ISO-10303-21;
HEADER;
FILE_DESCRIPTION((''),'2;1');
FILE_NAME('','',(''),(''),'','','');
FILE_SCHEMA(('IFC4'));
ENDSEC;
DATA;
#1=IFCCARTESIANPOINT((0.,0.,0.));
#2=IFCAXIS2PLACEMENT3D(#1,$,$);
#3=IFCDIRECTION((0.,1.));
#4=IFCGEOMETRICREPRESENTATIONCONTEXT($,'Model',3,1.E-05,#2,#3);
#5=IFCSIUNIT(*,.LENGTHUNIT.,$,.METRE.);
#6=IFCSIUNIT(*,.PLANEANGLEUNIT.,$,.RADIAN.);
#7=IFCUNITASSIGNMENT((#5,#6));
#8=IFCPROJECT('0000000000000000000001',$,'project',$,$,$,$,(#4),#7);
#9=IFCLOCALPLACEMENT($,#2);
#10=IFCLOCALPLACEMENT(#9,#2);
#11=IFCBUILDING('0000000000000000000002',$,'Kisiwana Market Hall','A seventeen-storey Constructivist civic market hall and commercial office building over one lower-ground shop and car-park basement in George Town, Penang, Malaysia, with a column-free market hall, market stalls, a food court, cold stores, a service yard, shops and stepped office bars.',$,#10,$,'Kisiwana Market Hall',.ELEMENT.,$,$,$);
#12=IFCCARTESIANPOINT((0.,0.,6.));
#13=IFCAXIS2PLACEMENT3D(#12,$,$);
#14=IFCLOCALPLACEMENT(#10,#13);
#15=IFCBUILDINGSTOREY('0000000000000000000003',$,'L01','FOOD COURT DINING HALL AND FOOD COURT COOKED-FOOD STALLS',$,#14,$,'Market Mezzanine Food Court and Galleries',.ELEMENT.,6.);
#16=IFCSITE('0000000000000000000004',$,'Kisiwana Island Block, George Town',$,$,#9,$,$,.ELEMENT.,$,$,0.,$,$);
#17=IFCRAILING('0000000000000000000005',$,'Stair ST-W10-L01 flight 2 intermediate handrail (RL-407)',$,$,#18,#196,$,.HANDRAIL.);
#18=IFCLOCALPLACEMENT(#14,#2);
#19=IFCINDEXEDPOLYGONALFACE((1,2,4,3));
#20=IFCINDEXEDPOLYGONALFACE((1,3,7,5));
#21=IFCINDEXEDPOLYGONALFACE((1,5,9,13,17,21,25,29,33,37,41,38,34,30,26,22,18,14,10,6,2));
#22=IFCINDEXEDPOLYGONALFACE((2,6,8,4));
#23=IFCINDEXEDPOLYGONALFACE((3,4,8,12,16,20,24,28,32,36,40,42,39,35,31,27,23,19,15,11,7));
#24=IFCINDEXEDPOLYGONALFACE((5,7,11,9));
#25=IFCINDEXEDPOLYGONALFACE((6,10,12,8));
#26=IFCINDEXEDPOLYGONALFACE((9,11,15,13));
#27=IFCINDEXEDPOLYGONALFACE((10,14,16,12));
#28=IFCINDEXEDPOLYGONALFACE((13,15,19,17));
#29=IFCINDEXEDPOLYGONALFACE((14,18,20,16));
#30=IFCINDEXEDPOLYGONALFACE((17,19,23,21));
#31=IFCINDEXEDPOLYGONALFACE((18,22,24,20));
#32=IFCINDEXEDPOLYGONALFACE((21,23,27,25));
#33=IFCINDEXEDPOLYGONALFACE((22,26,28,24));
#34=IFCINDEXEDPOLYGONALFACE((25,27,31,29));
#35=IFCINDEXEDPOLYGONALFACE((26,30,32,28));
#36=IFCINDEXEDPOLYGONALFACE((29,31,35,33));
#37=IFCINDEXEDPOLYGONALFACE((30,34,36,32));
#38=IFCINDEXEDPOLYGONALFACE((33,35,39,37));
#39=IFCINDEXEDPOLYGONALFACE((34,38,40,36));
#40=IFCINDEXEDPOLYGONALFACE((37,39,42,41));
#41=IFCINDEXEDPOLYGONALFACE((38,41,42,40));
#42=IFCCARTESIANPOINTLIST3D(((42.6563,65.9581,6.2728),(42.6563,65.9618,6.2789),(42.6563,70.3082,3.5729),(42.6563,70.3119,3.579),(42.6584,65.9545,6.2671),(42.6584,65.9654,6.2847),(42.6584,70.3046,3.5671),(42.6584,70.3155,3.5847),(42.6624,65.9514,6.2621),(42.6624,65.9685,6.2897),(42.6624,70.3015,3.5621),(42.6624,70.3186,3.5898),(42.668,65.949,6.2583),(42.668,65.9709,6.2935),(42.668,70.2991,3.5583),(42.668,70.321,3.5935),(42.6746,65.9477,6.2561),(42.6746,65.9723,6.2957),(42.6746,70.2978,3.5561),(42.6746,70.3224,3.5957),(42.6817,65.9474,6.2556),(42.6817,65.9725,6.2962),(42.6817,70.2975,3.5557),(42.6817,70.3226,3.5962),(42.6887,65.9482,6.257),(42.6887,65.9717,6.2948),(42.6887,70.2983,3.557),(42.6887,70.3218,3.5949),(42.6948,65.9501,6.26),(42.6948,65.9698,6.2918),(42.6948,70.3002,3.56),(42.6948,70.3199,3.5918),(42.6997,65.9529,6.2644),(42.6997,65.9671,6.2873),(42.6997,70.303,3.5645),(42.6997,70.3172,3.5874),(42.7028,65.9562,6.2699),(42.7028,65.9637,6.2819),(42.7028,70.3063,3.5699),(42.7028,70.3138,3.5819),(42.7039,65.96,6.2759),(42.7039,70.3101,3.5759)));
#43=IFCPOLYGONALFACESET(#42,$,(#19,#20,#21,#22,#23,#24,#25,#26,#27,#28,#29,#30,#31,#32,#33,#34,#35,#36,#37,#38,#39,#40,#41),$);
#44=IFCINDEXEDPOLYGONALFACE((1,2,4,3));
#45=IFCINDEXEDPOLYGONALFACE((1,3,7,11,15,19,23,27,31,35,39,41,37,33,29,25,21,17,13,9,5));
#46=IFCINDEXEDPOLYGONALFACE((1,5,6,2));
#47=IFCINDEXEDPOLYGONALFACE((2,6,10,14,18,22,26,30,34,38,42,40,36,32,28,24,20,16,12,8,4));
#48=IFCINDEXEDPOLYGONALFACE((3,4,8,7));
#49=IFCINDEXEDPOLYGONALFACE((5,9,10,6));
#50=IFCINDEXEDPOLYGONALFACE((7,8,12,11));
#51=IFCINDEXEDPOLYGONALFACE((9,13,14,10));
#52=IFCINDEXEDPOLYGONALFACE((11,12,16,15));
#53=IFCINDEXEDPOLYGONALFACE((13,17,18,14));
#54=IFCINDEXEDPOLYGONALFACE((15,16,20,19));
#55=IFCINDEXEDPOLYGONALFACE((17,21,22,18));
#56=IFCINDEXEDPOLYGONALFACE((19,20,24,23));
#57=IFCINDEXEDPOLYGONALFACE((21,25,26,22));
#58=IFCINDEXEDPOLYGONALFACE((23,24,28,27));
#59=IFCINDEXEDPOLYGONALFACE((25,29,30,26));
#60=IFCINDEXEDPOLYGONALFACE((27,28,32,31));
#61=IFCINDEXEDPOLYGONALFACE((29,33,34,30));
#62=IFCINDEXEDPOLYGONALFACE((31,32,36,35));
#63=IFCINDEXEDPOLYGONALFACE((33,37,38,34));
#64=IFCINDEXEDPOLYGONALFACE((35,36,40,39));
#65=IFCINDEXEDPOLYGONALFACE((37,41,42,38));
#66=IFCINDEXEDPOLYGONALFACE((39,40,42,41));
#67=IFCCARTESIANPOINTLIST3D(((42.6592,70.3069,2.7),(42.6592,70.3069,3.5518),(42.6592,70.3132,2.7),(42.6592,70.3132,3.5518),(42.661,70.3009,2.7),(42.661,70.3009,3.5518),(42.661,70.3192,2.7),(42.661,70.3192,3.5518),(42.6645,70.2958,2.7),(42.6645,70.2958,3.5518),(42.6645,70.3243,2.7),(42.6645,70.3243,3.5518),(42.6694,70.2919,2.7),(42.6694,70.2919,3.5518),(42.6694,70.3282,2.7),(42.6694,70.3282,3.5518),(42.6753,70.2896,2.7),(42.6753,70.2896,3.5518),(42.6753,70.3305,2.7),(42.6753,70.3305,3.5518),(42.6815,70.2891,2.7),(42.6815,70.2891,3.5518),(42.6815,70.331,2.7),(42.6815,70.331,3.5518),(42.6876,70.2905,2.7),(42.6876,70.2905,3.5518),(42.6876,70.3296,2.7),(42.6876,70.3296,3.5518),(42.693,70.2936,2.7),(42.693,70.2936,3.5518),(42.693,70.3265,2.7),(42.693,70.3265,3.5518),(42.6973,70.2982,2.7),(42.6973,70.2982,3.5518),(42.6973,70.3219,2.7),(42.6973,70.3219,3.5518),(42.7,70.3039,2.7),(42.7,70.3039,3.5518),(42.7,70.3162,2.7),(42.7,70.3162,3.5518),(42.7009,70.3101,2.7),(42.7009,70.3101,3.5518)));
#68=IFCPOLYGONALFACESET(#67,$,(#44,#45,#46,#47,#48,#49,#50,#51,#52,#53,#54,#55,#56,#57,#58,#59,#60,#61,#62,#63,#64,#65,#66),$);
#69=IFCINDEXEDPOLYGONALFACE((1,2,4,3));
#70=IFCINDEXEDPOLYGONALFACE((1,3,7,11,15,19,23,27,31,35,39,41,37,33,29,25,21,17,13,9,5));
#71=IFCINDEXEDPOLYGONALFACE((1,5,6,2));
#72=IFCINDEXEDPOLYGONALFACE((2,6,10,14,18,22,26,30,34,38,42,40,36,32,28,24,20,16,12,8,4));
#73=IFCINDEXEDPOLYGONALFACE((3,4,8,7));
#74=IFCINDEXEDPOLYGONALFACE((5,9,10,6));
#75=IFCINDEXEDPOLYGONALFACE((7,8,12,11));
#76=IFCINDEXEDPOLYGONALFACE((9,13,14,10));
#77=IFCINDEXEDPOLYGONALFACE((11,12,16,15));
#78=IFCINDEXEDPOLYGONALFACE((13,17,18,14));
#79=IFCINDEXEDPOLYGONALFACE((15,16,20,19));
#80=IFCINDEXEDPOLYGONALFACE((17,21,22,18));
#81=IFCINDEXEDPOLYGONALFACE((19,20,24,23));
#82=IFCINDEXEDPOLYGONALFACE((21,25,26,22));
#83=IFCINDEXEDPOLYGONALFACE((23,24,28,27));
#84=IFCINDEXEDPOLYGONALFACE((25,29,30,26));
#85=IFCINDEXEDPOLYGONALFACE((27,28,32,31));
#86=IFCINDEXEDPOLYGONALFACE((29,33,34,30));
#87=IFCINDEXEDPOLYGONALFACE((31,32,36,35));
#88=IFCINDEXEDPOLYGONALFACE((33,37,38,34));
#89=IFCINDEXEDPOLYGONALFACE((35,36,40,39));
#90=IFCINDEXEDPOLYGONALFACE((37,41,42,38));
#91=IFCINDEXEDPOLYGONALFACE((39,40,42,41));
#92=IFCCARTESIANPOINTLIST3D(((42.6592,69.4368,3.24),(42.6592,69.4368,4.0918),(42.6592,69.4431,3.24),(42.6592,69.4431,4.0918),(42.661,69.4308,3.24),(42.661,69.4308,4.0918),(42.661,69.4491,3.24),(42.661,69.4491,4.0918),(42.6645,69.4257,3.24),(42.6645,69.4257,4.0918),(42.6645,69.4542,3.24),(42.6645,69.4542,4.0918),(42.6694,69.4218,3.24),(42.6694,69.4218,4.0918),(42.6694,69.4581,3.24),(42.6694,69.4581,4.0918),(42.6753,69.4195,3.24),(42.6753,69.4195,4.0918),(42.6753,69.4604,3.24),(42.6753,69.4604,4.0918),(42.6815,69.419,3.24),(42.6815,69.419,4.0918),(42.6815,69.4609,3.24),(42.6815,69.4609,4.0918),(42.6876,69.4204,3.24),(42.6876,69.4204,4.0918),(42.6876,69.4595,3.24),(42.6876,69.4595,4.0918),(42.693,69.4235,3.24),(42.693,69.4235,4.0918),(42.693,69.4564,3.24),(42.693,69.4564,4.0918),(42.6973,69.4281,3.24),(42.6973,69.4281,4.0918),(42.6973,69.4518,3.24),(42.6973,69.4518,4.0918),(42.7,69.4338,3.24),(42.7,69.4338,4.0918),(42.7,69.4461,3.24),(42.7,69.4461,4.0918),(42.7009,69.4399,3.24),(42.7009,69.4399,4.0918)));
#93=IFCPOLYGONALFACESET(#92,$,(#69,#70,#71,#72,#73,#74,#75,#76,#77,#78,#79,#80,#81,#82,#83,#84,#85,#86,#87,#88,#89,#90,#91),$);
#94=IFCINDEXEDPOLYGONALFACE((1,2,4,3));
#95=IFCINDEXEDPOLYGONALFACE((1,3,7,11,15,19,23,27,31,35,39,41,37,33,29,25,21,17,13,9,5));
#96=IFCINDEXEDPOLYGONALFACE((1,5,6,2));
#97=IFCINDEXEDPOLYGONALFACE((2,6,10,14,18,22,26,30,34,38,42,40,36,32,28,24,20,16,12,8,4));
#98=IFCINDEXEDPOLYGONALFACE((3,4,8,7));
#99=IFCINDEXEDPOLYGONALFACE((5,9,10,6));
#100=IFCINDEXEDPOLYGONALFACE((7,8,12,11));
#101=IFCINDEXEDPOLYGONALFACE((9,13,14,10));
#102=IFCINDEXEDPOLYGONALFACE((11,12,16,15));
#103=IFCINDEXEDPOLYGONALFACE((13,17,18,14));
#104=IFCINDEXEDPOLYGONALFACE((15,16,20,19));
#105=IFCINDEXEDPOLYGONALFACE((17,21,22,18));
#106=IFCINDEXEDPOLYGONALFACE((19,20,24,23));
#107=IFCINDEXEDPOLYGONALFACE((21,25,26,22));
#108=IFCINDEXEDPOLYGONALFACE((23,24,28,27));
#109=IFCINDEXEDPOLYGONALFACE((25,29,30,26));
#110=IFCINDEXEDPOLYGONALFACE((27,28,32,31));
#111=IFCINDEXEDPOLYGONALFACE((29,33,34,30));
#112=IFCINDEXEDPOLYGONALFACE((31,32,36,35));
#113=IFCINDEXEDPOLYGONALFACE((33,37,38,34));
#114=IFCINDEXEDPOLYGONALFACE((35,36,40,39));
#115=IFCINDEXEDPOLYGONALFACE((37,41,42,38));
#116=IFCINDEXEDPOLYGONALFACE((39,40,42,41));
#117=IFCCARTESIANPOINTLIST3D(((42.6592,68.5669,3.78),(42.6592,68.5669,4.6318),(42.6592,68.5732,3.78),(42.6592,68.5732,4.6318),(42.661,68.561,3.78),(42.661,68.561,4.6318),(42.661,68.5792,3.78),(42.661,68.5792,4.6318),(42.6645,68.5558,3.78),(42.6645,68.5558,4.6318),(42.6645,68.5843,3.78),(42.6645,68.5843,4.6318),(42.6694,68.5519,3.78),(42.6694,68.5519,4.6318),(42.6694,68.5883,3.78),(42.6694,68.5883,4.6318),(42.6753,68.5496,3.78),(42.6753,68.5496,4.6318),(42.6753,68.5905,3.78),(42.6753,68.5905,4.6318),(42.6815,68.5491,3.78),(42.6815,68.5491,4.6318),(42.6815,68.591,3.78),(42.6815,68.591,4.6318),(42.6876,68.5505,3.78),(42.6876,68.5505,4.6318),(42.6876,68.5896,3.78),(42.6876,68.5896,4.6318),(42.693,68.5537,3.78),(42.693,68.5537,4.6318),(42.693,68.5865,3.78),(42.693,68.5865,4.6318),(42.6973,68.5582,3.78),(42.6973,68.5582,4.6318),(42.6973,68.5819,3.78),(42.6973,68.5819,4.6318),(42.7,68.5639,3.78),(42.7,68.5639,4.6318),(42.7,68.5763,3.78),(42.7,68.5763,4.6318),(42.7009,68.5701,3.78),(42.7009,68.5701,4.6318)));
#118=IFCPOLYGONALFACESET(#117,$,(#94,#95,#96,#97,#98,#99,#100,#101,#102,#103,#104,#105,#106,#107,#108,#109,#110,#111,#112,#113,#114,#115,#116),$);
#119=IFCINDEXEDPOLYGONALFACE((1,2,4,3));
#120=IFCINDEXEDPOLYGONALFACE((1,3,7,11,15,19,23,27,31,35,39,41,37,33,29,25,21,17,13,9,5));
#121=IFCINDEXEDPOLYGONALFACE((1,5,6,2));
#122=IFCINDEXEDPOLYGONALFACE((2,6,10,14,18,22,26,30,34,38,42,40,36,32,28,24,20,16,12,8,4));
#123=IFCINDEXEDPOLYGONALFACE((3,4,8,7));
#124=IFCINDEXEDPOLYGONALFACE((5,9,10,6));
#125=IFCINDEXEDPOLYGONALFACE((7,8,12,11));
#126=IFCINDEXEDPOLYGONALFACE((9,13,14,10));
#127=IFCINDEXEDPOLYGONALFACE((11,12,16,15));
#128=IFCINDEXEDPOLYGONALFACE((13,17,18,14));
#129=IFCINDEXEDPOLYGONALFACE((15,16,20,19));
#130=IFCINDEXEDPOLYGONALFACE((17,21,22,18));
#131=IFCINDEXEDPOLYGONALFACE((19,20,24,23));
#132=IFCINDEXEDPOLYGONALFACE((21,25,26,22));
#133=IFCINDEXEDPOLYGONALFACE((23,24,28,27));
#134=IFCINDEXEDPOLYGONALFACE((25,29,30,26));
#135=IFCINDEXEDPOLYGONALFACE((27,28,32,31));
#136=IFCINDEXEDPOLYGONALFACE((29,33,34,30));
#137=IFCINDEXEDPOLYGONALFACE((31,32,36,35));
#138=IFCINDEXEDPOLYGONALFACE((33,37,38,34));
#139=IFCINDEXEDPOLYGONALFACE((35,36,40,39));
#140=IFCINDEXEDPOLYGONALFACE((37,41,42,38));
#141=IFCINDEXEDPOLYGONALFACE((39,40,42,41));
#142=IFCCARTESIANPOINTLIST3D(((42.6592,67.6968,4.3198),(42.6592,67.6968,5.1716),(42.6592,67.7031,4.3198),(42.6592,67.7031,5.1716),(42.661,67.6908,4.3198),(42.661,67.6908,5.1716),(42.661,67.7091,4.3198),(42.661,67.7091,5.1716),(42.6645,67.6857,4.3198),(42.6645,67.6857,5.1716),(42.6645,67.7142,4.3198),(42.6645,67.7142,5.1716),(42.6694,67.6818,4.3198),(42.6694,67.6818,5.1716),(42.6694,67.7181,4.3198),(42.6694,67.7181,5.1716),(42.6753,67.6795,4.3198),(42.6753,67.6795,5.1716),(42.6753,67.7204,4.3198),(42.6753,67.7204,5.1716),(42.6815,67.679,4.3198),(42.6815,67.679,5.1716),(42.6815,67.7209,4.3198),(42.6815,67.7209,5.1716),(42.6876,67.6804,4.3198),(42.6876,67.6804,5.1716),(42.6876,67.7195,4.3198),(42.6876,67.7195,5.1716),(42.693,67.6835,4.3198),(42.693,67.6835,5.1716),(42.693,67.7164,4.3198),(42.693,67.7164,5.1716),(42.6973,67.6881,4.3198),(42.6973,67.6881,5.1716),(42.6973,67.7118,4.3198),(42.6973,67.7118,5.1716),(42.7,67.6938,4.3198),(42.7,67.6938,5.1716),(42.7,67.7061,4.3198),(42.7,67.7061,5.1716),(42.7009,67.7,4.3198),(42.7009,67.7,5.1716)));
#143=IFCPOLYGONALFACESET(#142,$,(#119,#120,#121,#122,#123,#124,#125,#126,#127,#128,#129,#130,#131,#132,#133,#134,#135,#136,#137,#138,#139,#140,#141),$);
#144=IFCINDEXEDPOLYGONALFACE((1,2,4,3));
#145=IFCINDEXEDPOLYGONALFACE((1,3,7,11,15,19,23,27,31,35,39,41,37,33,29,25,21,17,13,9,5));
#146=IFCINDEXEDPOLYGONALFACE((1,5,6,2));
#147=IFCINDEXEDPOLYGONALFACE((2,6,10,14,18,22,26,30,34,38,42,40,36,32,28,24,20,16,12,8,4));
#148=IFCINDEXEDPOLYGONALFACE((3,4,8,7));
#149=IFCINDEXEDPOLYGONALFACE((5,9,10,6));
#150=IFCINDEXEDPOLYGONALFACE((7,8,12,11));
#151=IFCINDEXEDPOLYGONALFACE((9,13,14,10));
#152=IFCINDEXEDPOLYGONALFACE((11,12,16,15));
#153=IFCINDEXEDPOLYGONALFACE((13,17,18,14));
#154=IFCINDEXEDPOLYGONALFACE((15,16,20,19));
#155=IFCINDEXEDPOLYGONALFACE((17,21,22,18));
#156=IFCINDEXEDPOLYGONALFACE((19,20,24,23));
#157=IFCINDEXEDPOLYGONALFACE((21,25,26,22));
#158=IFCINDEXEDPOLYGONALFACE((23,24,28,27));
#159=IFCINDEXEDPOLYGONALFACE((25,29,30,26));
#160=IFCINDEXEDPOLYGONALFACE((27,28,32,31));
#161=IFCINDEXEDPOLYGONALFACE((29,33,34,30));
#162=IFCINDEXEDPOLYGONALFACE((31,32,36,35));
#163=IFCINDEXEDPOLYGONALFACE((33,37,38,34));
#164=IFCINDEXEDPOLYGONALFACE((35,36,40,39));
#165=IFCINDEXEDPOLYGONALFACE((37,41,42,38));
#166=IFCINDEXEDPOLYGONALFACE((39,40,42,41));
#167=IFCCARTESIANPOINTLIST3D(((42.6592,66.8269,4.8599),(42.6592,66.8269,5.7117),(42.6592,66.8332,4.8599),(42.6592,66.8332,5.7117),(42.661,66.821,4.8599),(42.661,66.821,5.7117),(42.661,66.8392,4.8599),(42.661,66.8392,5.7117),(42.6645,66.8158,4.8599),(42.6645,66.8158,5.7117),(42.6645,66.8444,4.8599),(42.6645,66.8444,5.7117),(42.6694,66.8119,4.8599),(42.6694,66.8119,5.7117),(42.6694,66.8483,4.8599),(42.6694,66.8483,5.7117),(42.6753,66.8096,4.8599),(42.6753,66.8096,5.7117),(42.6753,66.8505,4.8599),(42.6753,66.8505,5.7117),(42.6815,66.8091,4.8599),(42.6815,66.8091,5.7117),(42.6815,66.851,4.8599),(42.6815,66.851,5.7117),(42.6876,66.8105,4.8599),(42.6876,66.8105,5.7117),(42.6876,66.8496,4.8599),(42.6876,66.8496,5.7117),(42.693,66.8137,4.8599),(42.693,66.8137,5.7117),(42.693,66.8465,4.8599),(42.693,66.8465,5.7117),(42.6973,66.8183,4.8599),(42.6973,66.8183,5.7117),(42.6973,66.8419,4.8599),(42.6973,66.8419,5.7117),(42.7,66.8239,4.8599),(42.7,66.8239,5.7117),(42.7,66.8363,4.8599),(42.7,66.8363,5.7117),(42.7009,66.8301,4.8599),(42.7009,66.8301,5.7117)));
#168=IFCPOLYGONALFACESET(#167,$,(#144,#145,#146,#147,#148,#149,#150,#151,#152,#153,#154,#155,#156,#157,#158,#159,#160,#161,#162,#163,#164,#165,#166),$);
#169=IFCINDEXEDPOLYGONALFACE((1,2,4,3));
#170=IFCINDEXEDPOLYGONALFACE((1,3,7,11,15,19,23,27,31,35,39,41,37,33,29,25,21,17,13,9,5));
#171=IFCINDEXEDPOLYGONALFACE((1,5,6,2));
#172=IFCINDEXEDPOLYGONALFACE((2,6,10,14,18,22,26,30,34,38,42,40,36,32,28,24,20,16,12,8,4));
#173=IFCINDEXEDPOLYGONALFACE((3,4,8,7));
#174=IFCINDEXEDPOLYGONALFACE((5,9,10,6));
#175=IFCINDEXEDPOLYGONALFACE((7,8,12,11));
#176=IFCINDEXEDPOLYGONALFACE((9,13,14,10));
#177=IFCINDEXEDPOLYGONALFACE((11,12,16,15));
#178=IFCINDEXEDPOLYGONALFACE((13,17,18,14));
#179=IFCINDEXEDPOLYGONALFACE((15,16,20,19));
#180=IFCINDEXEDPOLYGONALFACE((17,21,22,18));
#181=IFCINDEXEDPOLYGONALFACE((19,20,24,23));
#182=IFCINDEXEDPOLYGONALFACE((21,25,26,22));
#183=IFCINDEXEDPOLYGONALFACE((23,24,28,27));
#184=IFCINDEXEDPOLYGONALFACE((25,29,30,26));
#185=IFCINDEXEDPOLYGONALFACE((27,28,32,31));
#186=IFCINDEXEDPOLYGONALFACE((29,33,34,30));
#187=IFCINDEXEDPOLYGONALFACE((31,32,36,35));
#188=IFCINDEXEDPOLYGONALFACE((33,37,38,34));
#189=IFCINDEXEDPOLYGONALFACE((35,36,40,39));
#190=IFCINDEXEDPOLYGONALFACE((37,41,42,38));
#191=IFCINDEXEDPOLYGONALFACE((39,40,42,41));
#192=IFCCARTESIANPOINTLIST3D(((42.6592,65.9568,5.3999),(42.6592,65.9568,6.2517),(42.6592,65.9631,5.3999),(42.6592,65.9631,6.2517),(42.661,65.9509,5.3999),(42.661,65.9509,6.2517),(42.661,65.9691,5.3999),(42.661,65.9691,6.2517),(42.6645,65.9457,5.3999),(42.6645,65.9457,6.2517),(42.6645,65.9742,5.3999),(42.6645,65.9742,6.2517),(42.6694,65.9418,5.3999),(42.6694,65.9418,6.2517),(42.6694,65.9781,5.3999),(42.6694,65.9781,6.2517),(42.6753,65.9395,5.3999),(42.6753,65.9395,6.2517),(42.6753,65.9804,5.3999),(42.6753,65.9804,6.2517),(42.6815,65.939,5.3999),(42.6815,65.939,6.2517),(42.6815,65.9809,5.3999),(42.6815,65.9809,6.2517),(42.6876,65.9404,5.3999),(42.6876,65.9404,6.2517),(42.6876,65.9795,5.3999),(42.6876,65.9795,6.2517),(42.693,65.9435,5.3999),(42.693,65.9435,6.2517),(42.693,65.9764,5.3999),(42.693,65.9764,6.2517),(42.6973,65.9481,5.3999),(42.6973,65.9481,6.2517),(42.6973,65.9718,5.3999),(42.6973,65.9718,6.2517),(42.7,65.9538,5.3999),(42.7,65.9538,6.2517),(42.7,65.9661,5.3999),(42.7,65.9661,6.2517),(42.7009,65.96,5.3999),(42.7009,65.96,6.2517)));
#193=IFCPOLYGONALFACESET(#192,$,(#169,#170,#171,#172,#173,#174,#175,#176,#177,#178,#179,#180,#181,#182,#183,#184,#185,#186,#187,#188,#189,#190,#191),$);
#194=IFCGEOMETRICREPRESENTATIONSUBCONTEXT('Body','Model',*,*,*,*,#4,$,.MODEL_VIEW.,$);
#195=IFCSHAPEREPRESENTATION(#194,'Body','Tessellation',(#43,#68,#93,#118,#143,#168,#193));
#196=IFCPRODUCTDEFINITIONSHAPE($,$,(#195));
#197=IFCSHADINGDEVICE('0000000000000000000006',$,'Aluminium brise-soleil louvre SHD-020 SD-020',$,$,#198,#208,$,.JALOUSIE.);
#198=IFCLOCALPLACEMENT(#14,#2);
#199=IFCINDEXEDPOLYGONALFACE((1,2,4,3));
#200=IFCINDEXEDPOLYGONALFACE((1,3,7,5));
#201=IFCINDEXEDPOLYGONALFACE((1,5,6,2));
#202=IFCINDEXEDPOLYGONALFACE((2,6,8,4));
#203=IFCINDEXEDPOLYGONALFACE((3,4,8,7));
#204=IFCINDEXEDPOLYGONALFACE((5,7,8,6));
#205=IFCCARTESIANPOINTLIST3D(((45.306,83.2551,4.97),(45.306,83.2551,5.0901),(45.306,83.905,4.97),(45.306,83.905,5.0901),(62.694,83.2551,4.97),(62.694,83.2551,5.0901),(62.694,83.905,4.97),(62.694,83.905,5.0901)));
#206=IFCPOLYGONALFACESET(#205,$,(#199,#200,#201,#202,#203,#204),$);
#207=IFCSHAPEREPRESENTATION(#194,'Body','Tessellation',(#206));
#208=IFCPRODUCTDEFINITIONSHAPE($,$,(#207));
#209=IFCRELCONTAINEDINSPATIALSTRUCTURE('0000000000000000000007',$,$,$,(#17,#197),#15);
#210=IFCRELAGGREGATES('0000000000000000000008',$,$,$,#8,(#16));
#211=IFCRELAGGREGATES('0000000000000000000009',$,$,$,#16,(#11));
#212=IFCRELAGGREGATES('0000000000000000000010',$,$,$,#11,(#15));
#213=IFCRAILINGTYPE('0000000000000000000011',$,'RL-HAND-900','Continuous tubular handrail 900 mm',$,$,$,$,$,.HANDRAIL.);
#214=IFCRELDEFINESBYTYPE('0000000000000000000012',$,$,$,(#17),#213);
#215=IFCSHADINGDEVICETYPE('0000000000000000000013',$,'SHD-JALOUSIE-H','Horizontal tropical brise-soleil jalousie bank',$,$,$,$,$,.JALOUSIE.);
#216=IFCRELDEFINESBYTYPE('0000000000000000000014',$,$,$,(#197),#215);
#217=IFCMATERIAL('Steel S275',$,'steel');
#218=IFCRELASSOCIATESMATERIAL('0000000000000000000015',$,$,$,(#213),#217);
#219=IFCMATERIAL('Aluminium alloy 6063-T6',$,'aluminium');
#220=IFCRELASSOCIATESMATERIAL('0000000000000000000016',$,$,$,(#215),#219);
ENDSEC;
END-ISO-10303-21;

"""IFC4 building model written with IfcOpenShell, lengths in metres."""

from ifc_helpers import new_model, si_unit, direction, frame, origin, origin_2d, place, context, subcontext, project, spatial, rectangle, circle, extrude, material, type_object, element, save


model = new_model("IFC4")

# Units and contexts
model_context = context("Model", 3, precision=1e-05, world=origin(), true_north=direction((0.0, 1.0)))
body_context = subcontext(model_context, "Body", "Model", "MODEL_VIEW")
ifc_project = project(units=[si_unit("LENGTHUNIT", "METRE"), si_unit("PLANEANGLEUNIT", "RADIAN")], contexts=[model_context])

# Site, building, storey
site_placement = place(None, origin())
site = spatial("IfcSite", under=ifc_project, at=site_placement, Name="Kisiwana Island Block, George Town", CompositionType="ELEMENT", RefElevation=0.0)
building_placement = place(site_placement, origin())
building = spatial("IfcBuilding", under=site, at=building_placement, Name="Kisiwana Market Hall", Description="A seventeen-storey Constructivist civic market hall and commercial office building over one lower-ground shop and car-park basement in George Town, Penang, Malaysia, with a column-free market hall, market stalls, a food court, cold stores, a service yard, shops and stepped office bars.", LongName="Kisiwana Market Hall", CompositionType="ELEMENT")
storey_placement = place(building_placement, frame((0.0, 0.0, 6.0)))
storey = spatial("IfcBuildingStorey", under=building, at=storey_placement, Name="L01", Description="FOOD COURT DINING HALL AND FOOD COURT COOKED-FOOD STALLS", LongName="Market Mezzanine Food Court and Galleries", CompositionType="ELEMENT", Elevation=6.0)

# Railing
ifc_material_1 = material(Name="Steel S275", Category="steel")
railing_type_1 = type_object("IfcRailingType", Name="RL-HAND-900", Description="Continuous tubular handrail 900 mm", PredefinedType="HANDRAIL", material=ifc_material_1)
railing_1_placement = place(storey_placement, frame((42.6799, 70.3101, 2.7)))
element("IfcRailing", 1, at=railing_1_placement, inside=storey, type_object=railing_type_1, Name="Stair ST-W10-L01 flight 2 intermediate handrail (RL-407)", PredefinedType="HANDRAIL", context=body_context, shape_type="SweptSolid", body=[
    extrude(circle(Radius=0.0239, at=origin_2d()), frame((0.0, 0.0, 0.876), z_axis=(0.0, -0.84965, 0.527347), x_axis=(1.0, 0.0, 0.0)), (0.0, 0.0, 1.0), 5.1199),
    extrude(circle(Radius=0.021, at=origin_2d()), origin(), (0.0, 0.0, 1.0), 0.8518),
    extrude(circle(Radius=0.021, at=origin_2d()), frame((0.0, -0.8701, 0.54)), (0.0, 0.0, 1.0), 0.8518),
    extrude(circle(Radius=0.021, at=origin_2d()), frame((0.0, -1.74, 1.0801)), (0.0, 0.0, 1.0), 0.8518),
    extrude(circle(Radius=0.021, at=origin_2d()), frame((0.0, -2.6101, 1.6199)), (0.0, 0.0, 1.0), 0.8518),
    extrude(circle(Radius=0.021, at=origin_2d()), frame((0.0, -3.48, 2.1599)), (0.0, 0.0, 1.0), 0.8518),
    extrude(circle(Radius=0.021, at=origin_2d()), frame((0.0, -4.3501, 2.7)), (0.0, 0.0, 1.0), 0.8518),
])

# Shading device
ifc_material_2 = material(Name="Aluminium alloy 6063-T6", Category="aluminium")
shading_device_type = type_object("IfcShadingDeviceType", Name="SHD-JALOUSIE-H", Description="Horizontal tropical brise-soleil jalousie bank", PredefinedType="JALOUSIE", material=ifc_material_2)
shading_device_placement = place(storey_placement, frame((54.0, 83.5801, 4.97), z_axis=(0.0, 0.0, 1.0), x_axis=(1.0, 0.0, 0.0)))
element("IfcShadingDevice", 2, at=shading_device_placement, inside=storey, type_object=shading_device_type, Name="Aluminium brise-soleil louvre SHD-020 SD-020", PredefinedType="JALOUSIE", context=body_context, shape_type="SweptSolid", body=[
    extrude(rectangle(XDim=17.3879, YDim=0.6499, at=origin_2d()), origin(), (0.0, 0.0, 1.0), 0.1201),
])

save(model, "model.ifc")
